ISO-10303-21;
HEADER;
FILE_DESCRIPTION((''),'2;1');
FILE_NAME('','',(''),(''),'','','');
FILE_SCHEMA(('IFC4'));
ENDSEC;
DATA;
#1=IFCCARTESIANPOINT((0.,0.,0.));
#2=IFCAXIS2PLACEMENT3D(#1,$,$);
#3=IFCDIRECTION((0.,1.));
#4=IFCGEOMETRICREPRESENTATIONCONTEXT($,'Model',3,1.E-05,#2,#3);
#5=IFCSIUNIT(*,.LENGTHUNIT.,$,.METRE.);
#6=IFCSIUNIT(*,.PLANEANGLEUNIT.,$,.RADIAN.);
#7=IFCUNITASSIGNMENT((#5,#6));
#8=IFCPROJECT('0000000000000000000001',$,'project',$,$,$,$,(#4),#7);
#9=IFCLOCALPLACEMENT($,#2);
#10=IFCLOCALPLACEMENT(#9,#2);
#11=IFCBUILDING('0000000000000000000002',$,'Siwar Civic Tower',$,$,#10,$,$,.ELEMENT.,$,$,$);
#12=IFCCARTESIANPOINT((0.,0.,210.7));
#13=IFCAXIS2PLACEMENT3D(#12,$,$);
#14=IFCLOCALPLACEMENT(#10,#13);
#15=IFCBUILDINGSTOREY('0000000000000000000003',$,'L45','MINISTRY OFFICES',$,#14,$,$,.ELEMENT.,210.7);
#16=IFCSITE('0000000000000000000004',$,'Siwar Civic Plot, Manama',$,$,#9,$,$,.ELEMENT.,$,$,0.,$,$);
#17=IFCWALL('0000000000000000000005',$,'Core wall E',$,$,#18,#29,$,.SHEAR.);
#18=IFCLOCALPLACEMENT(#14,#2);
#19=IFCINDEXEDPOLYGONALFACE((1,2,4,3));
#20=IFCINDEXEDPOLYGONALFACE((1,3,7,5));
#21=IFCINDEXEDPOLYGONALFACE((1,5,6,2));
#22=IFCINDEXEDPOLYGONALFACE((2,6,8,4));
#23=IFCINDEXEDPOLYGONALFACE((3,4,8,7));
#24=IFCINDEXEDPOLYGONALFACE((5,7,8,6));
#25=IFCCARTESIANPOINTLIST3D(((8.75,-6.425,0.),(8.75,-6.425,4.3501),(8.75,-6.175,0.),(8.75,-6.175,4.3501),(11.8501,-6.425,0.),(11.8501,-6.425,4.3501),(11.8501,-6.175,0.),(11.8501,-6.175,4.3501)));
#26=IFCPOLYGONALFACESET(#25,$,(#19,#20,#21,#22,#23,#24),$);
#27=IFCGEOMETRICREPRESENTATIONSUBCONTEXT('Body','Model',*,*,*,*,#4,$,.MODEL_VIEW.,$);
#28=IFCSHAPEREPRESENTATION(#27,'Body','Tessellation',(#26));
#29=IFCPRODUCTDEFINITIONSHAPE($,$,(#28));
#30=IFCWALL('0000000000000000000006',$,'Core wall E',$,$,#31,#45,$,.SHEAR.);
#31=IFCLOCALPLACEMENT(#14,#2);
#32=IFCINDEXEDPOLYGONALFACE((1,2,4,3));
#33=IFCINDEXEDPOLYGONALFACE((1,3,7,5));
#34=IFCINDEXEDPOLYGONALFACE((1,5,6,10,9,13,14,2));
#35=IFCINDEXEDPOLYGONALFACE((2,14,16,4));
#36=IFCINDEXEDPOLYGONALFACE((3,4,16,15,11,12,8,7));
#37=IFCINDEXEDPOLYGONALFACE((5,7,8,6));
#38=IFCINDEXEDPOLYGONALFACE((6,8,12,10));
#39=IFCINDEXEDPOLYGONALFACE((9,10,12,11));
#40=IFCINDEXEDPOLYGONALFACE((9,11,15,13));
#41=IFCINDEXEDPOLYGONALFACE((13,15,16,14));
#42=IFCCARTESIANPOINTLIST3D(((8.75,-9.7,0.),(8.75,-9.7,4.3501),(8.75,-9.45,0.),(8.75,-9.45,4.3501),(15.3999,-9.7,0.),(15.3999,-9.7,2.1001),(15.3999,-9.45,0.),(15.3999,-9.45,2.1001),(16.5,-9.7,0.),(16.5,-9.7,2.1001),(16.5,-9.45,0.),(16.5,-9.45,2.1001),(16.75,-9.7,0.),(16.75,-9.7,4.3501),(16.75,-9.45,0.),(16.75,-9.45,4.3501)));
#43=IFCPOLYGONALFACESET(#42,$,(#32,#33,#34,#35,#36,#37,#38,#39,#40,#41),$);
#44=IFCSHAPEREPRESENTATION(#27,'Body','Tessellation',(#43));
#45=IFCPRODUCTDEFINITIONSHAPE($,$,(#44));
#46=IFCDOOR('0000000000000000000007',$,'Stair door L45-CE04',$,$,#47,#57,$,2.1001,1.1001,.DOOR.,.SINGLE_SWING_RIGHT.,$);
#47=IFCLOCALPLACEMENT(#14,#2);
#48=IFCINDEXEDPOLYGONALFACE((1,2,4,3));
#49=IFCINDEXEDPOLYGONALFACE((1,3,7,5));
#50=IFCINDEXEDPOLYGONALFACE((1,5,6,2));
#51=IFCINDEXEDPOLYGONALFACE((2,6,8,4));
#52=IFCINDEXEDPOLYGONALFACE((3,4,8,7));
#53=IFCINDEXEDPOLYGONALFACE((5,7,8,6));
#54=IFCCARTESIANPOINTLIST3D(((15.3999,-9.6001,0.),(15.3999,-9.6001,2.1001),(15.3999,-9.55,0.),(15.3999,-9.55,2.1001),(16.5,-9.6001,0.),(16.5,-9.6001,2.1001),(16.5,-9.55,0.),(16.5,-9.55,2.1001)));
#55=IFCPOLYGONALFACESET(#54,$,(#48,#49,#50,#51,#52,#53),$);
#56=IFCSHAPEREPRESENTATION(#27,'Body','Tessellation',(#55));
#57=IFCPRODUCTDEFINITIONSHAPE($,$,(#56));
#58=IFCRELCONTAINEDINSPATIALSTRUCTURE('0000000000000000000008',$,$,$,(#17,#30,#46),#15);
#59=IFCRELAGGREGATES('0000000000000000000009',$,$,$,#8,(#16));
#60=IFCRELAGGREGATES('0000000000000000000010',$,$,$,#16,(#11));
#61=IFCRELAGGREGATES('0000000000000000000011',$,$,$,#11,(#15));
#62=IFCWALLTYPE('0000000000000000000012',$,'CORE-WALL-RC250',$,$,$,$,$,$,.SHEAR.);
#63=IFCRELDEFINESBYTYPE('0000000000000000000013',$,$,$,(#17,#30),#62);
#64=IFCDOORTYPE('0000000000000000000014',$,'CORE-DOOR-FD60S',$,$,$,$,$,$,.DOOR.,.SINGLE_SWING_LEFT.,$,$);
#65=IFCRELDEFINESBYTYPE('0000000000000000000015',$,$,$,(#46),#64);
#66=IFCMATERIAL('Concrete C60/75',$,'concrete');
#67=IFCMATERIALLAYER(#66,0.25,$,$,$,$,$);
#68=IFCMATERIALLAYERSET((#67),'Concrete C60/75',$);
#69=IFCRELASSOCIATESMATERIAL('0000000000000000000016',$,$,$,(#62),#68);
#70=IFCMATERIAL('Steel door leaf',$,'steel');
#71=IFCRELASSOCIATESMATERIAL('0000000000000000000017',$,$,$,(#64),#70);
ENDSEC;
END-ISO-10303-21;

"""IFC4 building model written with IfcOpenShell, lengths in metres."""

from ifc_helpers import new_model, si_unit, direction, frame, frame_2d, origin, place, context, subcontext, project, spatial, rectangle, extrude, material, layer, layer_set, type_object, element, fill, save


model = new_model("IFC4")

# Units and contexts
model_context = context("Model", 3, precision=1e-05, world=origin(), true_north=direction((0.0, 1.0)))
body_context = subcontext(model_context, "Body", "Model", "MODEL_VIEW")
ifc_project = project(units=[si_unit("LENGTHUNIT", "METRE"), si_unit("PLANEANGLEUNIT", "RADIAN")], contexts=[model_context])

# Site, building, storey
site_placement = place(None, origin())
site = spatial("IfcSite", under=ifc_project, at=site_placement, Name="Siwar Civic Plot, Manama", CompositionType="ELEMENT", RefElevation=0.0)
building_placement = place(site_placement, origin())
building = spatial("IfcBuilding", under=site, at=building_placement, Name="Siwar Civic Tower", CompositionType="ELEMENT")
storey_placement = place(building_placement, frame((0.0, 0.0, 210.7)))
storey = spatial("IfcBuildingStorey", under=building, at=storey_placement, Name="L45", Description="MINISTRY OFFICES", CompositionType="ELEMENT", Elevation=210.7)

# Shared definitions
ifc_material_1 = material(Name="Concrete C60/75", Category="concrete")
ifc_layer_1 = layer(ifc_material_1, 0.25)
ifc_layer_set_1 = layer_set([ifc_layer_1], Name="Concrete C60/75")
wall_type_1 = type_object("IfcWallType", Name="CORE-WALL-RC250", PredefinedType="SHEAR", material=ifc_layer_set_1)

# Wall
for number, where, z_axis, x_axis, name in (
    (1, (8.75, -6.3, 0.0), (0.0, 0.0, 1.0), (1.0, 0.0, 0.0), "Core wall E"),
):
    element("IfcWall", number, at=place(storey_placement, frame(where, z_axis=z_axis, x_axis=x_axis)), inside=storey, type_object=wall_type_1, Name=name, PredefinedType="SHEAR", context=body_context, shape_type="SweptSolid", body=[
        extrude(rectangle(XDim=3.1001, YDim=0.25, at=frame_2d((1.55, 0.0))), origin(), (0.0, 0.0, 1.0), 4.3501),
    ])

# Wall, opening, door
wall_1_placement = place(storey_placement, frame((8.75, -9.575, 0.0), z_axis=(0.0, 0.0, 1.0), x_axis=(1.0, 0.0, 0.0)))
wall_1 = element("IfcWall", 2, at=wall_1_placement, inside=storey, type_object=wall_type_1, Name="Core wall E", PredefinedType="SHEAR", context=body_context, shape_type="SweptSolid", body=[
    extrude(rectangle(XDim=8.0, YDim=0.25, at=frame_2d((4.0, 0.0))), origin(), (0.0, 0.0, 1.0), 4.3501),
])
opening_1_placement = place(wall_1_placement, frame((6.6499, 0.0, 0.0)))
opening_1 = element("IfcOpeningElement", 3, at=opening_1_placement, cuts=wall_1, PredefinedType="OPENING", context=body_context, shape_type="SweptSolid", body=[
    extrude(rectangle(XDim=1.1001, YDim=2.1001, at=frame_2d((0.55, 1.05))), frame((0.0, 0.135, 0.0), z_axis=(0.0, -1.0, 0.0), x_axis=(1.0, 0.0, 0.0)), (0.0, 0.0, 1.0), 0.27),
])
ifc_material_2 = material(Name="Steel door leaf", Category="steel")
door_type_1 = type_object("IfcDoorType", Name="CORE-DOOR-FD60S", OperationType="SINGLE_SWING_LEFT", PredefinedType="DOOR", material=ifc_material_2)
door_1_placement = place(opening_1_placement, origin())
door_1 = element("IfcDoor", 4, at=door_1_placement, inside=storey, type_object=door_type_1, Name="Stair door L45-CE04", OperationType="SINGLE_SWING_RIGHT", OverallHeight=2.1001, OverallWidth=1.1001, PredefinedType="DOOR", context=body_context, shape_type="SweptSolid", body=[
    extrude(rectangle(XDim=1.1001, YDim=2.1001, at=frame_2d((0.55, 1.05))), frame((0.0, 0.0249, 0.0), z_axis=(0.0, -1.0, 0.0), x_axis=(1.0, 0.0, 0.0)), (0.0, 0.0, 1.0), 0.05),
])
fill(opening_1, door_1)

save(model, "model.ifc")
